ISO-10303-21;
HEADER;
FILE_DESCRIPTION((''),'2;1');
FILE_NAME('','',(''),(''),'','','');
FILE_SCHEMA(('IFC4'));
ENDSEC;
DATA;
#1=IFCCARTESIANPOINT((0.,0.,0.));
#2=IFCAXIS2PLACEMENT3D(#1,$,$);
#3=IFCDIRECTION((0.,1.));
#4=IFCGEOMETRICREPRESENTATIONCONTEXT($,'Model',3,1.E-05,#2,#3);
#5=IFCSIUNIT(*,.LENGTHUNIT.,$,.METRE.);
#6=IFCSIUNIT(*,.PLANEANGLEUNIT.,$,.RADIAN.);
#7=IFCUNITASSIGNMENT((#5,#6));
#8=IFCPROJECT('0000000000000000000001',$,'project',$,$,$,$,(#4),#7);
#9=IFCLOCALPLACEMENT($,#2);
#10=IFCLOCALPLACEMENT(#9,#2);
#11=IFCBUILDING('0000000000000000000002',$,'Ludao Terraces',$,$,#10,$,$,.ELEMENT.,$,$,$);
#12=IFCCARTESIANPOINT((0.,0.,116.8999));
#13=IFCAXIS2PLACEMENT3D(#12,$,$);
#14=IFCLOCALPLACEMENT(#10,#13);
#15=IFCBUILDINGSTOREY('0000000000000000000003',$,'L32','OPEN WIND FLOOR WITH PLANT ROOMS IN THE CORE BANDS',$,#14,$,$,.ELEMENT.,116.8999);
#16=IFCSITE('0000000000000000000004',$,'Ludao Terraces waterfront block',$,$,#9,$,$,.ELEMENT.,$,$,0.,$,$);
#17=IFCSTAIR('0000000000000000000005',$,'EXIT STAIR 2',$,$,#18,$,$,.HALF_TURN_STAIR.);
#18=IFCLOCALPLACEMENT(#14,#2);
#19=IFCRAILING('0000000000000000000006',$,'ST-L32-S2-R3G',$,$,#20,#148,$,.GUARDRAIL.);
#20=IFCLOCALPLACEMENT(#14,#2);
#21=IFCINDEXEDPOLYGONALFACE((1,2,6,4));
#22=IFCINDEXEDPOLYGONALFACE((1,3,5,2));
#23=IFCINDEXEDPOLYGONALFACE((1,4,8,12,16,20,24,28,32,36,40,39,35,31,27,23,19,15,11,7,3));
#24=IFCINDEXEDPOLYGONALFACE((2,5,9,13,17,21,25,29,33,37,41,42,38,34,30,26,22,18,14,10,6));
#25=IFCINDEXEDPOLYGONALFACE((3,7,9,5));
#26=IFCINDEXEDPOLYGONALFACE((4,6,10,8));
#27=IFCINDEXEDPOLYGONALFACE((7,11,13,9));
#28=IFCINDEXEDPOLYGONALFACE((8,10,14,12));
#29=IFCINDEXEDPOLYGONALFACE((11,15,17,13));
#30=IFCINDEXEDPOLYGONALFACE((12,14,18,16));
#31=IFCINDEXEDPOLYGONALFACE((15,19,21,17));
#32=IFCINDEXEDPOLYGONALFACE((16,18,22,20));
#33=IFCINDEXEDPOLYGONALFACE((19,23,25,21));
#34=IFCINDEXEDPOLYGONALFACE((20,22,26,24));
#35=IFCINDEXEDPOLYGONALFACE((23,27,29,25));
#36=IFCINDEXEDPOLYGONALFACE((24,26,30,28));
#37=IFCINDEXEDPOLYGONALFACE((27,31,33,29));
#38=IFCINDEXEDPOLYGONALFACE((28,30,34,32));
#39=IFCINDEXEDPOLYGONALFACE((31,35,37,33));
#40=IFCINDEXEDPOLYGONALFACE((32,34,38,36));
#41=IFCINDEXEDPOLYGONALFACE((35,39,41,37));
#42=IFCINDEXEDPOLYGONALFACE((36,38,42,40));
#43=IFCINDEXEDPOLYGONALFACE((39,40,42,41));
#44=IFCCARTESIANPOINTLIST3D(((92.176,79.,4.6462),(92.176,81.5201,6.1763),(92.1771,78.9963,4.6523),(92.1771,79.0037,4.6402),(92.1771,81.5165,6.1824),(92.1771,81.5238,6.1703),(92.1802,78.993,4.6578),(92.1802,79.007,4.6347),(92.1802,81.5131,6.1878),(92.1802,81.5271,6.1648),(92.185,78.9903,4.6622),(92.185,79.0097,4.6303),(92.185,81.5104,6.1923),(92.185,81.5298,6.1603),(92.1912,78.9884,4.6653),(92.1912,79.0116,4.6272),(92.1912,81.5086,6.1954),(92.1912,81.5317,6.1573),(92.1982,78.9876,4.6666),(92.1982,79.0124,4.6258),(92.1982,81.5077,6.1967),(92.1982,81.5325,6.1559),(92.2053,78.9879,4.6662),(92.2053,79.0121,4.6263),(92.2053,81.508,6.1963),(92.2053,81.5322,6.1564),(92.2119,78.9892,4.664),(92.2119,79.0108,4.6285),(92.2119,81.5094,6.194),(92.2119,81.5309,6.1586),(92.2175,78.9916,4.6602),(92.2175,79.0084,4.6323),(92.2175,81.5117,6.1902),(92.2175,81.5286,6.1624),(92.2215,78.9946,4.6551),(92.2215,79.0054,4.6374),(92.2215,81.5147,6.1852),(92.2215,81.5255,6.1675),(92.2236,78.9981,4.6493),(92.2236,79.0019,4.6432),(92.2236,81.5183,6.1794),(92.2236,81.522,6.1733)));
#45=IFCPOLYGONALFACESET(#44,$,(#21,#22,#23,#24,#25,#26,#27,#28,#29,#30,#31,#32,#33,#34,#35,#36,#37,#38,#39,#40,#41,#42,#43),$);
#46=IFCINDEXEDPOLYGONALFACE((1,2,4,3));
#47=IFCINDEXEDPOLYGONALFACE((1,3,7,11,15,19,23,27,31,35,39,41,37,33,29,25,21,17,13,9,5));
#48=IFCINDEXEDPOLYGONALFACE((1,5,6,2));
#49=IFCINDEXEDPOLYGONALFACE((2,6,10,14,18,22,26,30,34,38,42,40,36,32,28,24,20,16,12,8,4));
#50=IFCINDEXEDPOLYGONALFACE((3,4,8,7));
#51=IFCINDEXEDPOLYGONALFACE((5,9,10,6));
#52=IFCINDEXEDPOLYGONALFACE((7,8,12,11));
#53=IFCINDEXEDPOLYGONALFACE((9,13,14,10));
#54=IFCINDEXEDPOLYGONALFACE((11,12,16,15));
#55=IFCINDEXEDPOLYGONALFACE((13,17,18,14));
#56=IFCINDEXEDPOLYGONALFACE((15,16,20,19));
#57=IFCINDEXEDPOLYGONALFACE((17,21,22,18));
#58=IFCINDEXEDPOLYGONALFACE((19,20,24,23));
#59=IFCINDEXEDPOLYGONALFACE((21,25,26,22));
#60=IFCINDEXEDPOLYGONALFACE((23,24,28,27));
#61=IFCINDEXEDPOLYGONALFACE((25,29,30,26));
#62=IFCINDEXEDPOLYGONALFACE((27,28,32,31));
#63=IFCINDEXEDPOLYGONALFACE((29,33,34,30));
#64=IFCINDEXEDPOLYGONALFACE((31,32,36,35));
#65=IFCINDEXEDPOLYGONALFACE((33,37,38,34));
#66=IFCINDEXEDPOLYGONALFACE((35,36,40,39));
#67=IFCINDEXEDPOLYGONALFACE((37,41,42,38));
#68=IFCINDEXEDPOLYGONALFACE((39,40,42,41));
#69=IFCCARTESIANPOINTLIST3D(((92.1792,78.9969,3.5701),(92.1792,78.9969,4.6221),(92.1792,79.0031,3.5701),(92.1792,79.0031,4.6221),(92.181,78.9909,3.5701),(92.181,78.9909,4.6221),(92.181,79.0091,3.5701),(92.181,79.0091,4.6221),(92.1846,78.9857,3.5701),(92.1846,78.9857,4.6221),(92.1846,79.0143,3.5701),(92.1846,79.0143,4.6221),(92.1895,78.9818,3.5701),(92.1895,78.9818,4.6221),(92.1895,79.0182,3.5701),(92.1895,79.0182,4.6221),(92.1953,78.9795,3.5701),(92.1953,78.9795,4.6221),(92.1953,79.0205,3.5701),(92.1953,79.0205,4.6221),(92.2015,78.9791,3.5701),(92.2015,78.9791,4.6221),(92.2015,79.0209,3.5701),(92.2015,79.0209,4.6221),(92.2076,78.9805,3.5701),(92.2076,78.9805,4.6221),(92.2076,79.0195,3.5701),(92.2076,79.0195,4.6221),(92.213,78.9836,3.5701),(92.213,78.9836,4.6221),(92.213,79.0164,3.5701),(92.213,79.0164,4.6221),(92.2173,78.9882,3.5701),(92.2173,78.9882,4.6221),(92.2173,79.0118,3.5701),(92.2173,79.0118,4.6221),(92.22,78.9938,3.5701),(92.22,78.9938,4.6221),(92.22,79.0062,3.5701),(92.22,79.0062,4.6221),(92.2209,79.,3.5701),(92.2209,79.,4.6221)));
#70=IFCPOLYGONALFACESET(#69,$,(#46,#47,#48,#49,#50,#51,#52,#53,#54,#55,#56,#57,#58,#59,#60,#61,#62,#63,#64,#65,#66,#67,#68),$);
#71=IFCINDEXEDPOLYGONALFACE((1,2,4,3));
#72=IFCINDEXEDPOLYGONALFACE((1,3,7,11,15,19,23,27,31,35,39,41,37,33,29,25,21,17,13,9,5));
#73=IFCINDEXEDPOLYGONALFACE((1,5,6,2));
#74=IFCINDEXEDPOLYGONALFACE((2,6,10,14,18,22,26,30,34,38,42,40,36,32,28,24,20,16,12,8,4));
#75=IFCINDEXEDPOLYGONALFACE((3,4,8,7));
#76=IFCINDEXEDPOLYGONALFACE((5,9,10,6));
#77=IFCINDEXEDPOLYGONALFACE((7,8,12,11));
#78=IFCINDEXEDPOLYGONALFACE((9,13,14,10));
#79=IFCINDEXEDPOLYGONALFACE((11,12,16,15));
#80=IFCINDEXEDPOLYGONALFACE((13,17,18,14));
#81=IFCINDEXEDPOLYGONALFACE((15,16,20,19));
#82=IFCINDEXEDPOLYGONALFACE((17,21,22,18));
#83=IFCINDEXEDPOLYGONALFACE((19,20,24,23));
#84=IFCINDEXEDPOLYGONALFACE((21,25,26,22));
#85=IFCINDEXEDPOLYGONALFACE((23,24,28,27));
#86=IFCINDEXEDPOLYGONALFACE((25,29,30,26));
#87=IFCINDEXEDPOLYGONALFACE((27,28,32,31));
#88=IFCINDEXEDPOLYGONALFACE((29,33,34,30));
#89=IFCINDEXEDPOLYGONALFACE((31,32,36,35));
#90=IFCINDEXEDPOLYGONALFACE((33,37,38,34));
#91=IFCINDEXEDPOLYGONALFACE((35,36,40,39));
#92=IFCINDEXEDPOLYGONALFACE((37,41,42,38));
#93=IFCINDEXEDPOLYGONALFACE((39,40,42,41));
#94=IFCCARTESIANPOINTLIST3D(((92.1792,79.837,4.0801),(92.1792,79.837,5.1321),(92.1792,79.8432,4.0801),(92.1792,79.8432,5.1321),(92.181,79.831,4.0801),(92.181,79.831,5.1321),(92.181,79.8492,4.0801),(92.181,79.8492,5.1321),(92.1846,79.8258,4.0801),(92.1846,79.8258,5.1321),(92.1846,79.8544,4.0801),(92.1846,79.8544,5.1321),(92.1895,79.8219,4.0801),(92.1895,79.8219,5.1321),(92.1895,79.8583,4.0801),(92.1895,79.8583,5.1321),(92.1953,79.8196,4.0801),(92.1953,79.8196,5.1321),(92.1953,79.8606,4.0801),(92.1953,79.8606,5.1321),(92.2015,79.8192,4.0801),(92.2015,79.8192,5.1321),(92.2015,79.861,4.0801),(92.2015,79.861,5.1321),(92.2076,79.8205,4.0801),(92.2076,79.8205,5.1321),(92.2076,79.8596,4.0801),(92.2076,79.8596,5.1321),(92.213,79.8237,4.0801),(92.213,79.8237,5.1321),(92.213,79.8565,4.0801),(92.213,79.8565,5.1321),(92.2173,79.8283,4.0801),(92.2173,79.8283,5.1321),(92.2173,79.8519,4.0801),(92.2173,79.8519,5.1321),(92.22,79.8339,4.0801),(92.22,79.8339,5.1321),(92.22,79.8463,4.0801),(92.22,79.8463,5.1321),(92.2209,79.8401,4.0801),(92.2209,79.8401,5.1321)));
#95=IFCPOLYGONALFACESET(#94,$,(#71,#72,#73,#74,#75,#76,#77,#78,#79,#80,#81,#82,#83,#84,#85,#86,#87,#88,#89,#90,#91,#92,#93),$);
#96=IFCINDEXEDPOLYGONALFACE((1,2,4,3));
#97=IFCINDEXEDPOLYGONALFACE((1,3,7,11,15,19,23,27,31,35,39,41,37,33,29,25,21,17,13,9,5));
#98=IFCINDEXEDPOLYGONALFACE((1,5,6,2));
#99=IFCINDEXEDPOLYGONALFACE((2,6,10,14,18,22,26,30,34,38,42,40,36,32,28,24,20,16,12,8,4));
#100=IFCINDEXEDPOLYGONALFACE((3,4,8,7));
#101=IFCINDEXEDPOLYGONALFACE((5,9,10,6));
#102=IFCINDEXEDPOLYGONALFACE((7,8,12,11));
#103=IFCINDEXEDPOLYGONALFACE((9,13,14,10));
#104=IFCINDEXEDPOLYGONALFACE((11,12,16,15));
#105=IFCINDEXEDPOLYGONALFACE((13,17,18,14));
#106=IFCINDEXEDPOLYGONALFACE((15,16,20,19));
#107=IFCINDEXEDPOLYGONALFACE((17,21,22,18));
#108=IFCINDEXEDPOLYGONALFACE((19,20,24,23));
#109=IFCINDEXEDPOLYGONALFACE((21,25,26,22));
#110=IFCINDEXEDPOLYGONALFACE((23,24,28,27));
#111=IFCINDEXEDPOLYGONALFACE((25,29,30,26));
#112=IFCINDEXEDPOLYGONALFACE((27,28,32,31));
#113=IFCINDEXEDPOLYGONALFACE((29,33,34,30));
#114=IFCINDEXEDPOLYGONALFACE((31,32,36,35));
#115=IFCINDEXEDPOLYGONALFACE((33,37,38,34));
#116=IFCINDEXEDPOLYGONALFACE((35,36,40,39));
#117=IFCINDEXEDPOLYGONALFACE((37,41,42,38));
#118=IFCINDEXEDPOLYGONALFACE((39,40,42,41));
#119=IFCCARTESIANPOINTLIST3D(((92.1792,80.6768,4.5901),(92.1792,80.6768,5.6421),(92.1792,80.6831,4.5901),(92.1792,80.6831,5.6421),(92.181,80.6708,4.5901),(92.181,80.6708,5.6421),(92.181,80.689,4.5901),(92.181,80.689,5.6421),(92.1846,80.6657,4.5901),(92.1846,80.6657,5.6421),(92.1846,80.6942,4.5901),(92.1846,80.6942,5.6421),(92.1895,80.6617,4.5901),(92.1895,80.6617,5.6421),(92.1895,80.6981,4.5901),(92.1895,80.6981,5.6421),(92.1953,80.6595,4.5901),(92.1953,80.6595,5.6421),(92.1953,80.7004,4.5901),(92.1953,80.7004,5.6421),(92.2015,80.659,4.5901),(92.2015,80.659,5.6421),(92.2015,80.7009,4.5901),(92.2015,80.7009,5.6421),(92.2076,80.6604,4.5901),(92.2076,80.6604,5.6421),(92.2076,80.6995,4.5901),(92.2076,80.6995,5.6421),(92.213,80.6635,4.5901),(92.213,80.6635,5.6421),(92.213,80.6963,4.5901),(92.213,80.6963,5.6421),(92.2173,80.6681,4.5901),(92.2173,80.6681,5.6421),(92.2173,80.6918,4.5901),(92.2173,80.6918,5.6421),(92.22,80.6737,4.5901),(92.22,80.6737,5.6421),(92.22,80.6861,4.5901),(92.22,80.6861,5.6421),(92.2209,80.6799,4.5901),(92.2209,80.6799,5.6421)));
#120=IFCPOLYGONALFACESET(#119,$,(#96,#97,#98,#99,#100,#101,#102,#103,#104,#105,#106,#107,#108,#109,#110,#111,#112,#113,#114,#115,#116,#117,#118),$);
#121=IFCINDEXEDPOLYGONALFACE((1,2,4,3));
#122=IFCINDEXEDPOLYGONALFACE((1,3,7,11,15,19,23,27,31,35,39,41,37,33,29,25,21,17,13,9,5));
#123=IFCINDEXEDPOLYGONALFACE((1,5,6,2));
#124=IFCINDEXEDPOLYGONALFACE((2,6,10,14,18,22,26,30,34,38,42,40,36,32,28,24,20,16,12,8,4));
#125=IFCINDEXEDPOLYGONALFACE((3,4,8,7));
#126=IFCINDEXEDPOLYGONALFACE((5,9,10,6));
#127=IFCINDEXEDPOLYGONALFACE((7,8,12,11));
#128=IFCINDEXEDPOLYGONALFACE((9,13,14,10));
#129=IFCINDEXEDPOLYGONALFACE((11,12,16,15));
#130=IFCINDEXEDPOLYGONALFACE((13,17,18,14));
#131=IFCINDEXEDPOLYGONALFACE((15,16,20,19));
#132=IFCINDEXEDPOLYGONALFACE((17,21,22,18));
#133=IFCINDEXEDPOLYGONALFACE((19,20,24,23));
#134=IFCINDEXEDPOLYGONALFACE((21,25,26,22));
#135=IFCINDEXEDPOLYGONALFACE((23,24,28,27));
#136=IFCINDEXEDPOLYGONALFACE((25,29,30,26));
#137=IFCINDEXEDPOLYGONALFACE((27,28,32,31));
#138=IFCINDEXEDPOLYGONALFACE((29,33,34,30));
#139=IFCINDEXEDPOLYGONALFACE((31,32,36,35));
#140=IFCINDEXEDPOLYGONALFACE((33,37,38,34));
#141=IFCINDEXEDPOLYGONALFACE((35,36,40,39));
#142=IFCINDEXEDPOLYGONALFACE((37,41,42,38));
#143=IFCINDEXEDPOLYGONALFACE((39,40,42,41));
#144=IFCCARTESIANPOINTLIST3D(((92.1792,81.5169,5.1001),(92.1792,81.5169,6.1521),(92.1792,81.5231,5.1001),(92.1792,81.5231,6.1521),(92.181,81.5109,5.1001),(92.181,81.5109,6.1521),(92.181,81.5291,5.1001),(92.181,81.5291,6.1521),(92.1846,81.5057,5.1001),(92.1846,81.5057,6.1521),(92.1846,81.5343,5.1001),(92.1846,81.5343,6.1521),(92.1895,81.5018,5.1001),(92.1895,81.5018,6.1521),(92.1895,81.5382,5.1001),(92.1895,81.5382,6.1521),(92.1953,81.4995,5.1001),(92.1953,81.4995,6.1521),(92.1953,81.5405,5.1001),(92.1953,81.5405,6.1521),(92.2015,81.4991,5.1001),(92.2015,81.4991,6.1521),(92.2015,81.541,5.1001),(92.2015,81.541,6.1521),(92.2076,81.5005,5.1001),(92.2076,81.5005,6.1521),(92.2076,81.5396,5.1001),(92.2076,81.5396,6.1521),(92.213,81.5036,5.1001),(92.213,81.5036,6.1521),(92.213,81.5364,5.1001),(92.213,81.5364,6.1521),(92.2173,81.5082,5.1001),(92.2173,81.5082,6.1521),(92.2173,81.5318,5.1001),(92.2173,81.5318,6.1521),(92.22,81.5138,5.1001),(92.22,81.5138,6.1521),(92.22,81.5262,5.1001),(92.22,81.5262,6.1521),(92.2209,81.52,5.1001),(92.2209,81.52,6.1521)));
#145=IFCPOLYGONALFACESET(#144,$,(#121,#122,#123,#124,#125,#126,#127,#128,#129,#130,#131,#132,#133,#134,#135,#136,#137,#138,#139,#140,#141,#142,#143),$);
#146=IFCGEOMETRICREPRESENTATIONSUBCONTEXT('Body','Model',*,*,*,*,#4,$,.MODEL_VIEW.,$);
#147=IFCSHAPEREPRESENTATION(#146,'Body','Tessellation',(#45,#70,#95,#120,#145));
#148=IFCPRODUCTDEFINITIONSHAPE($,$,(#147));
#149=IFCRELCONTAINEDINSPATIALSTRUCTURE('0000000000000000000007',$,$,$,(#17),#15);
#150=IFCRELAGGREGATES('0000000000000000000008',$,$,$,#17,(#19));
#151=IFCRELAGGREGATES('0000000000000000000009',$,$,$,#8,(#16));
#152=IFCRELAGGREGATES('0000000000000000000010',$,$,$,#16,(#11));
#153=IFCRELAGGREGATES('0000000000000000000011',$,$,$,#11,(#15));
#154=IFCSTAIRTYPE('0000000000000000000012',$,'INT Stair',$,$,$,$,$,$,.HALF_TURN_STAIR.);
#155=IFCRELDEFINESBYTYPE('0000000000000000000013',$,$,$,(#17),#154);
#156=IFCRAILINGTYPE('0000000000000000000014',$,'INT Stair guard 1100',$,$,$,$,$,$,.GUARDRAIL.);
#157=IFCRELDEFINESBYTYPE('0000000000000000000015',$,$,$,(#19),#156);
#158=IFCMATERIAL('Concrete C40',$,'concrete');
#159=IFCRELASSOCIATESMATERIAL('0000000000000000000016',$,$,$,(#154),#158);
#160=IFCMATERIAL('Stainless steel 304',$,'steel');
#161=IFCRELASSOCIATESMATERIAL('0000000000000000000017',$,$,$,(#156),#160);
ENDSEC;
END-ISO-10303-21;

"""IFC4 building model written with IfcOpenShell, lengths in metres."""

from ifc_helpers import new_model, si_unit, direction, frame, origin, origin_2d, place, context, subcontext, project, spatial, circle, extrude, material, type_object, element, aggregate, save


model = new_model("IFC4")

# Units and contexts
model_context = context("Model", 3, precision=1e-05, world=origin(), true_north=direction((0.0, 1.0)))
body_context = subcontext(model_context, "Body", "Model", "MODEL_VIEW")
ifc_project = project(units=[si_unit("LENGTHUNIT", "METRE"), si_unit("PLANEANGLEUNIT", "RADIAN")], contexts=[model_context])

# Site, building, storey
site_placement = place(None, origin())
site = spatial("IfcSite", under=ifc_project, at=site_placement, Name="Ludao Terraces waterfront block", CompositionType="ELEMENT", RefElevation=0.0)
building_placement = place(site_placement, origin())
building = spatial("IfcBuilding", under=site, at=building_placement, Name="Ludao Terraces", CompositionType="ELEMENT")
storey_placement = place(building_placement, frame((0.0, 0.0, 116.8999)))
storey = spatial("IfcBuildingStorey", under=building, at=storey_placement, Name="L32", Description="OPEN WIND FLOOR WITH PLANT ROOMS IN THE CORE BANDS", CompositionType="ELEMENT", Elevation=116.8999)

# Stair, railing
ifc_material_1 = material(Name="Concrete C40", Category="concrete")
stair_type = type_object("IfcStairType", Name="INT Stair", PredefinedType="HALF_TURN_STAIR", material=ifc_material_1)
stair_placement = place(storey_placement, origin())
stair = element("IfcStair", 1, at=stair_placement, inside=storey, type_object=stair_type, Name="EXIT STAIR 2", PredefinedType="HALF_TURN_STAIR")
ifc_material_2 = material(Name="Stainless steel 304", Category="steel")
railing_type_1 = type_object("IfcRailingType", Name="INT Stair guard 1100", PredefinedType="GUARDRAIL", material=ifc_material_2)
railing_1_placement = place(storey_placement, frame((92.2, 79.0, 3.5701)))
railing_1 = element("IfcRailing", 2, at=railing_1_placement, type_object=railing_type_1, Name="ST-L32-S2-R3G", PredefinedType="GUARDRAIL", context=body_context, shape_type="SweptSolid", body=[
    extrude(circle(Radius=0.0239, at=origin_2d()), frame((0.0, 0.0, 1.0762), z_axis=(0.0, 0.854785, 0.518982), x_axis=(-1.0, 0.0, 0.0)), (0.0, 0.0, 1.0), 2.9482),
    extrude(circle(Radius=0.021, at=origin_2d()), origin(), (0.0, 0.0, 1.0), 1.052),
    extrude(circle(Radius=0.021, at=origin_2d()), frame((0.0, 0.8401, 0.51)), (0.0, 0.0, 1.0), 1.052),
    extrude(circle(Radius=0.021, at=origin_2d()), frame((0.0, 1.6799, 1.02)), (0.0, 0.0, 1.0), 1.052),
    extrude(circle(Radius=0.021, at=origin_2d()), frame((0.0, 2.52, 1.53)), (0.0, 0.0, 1.0), 1.052),
])
aggregate(stair, [railing_1])

save(model, "model.ifc")
